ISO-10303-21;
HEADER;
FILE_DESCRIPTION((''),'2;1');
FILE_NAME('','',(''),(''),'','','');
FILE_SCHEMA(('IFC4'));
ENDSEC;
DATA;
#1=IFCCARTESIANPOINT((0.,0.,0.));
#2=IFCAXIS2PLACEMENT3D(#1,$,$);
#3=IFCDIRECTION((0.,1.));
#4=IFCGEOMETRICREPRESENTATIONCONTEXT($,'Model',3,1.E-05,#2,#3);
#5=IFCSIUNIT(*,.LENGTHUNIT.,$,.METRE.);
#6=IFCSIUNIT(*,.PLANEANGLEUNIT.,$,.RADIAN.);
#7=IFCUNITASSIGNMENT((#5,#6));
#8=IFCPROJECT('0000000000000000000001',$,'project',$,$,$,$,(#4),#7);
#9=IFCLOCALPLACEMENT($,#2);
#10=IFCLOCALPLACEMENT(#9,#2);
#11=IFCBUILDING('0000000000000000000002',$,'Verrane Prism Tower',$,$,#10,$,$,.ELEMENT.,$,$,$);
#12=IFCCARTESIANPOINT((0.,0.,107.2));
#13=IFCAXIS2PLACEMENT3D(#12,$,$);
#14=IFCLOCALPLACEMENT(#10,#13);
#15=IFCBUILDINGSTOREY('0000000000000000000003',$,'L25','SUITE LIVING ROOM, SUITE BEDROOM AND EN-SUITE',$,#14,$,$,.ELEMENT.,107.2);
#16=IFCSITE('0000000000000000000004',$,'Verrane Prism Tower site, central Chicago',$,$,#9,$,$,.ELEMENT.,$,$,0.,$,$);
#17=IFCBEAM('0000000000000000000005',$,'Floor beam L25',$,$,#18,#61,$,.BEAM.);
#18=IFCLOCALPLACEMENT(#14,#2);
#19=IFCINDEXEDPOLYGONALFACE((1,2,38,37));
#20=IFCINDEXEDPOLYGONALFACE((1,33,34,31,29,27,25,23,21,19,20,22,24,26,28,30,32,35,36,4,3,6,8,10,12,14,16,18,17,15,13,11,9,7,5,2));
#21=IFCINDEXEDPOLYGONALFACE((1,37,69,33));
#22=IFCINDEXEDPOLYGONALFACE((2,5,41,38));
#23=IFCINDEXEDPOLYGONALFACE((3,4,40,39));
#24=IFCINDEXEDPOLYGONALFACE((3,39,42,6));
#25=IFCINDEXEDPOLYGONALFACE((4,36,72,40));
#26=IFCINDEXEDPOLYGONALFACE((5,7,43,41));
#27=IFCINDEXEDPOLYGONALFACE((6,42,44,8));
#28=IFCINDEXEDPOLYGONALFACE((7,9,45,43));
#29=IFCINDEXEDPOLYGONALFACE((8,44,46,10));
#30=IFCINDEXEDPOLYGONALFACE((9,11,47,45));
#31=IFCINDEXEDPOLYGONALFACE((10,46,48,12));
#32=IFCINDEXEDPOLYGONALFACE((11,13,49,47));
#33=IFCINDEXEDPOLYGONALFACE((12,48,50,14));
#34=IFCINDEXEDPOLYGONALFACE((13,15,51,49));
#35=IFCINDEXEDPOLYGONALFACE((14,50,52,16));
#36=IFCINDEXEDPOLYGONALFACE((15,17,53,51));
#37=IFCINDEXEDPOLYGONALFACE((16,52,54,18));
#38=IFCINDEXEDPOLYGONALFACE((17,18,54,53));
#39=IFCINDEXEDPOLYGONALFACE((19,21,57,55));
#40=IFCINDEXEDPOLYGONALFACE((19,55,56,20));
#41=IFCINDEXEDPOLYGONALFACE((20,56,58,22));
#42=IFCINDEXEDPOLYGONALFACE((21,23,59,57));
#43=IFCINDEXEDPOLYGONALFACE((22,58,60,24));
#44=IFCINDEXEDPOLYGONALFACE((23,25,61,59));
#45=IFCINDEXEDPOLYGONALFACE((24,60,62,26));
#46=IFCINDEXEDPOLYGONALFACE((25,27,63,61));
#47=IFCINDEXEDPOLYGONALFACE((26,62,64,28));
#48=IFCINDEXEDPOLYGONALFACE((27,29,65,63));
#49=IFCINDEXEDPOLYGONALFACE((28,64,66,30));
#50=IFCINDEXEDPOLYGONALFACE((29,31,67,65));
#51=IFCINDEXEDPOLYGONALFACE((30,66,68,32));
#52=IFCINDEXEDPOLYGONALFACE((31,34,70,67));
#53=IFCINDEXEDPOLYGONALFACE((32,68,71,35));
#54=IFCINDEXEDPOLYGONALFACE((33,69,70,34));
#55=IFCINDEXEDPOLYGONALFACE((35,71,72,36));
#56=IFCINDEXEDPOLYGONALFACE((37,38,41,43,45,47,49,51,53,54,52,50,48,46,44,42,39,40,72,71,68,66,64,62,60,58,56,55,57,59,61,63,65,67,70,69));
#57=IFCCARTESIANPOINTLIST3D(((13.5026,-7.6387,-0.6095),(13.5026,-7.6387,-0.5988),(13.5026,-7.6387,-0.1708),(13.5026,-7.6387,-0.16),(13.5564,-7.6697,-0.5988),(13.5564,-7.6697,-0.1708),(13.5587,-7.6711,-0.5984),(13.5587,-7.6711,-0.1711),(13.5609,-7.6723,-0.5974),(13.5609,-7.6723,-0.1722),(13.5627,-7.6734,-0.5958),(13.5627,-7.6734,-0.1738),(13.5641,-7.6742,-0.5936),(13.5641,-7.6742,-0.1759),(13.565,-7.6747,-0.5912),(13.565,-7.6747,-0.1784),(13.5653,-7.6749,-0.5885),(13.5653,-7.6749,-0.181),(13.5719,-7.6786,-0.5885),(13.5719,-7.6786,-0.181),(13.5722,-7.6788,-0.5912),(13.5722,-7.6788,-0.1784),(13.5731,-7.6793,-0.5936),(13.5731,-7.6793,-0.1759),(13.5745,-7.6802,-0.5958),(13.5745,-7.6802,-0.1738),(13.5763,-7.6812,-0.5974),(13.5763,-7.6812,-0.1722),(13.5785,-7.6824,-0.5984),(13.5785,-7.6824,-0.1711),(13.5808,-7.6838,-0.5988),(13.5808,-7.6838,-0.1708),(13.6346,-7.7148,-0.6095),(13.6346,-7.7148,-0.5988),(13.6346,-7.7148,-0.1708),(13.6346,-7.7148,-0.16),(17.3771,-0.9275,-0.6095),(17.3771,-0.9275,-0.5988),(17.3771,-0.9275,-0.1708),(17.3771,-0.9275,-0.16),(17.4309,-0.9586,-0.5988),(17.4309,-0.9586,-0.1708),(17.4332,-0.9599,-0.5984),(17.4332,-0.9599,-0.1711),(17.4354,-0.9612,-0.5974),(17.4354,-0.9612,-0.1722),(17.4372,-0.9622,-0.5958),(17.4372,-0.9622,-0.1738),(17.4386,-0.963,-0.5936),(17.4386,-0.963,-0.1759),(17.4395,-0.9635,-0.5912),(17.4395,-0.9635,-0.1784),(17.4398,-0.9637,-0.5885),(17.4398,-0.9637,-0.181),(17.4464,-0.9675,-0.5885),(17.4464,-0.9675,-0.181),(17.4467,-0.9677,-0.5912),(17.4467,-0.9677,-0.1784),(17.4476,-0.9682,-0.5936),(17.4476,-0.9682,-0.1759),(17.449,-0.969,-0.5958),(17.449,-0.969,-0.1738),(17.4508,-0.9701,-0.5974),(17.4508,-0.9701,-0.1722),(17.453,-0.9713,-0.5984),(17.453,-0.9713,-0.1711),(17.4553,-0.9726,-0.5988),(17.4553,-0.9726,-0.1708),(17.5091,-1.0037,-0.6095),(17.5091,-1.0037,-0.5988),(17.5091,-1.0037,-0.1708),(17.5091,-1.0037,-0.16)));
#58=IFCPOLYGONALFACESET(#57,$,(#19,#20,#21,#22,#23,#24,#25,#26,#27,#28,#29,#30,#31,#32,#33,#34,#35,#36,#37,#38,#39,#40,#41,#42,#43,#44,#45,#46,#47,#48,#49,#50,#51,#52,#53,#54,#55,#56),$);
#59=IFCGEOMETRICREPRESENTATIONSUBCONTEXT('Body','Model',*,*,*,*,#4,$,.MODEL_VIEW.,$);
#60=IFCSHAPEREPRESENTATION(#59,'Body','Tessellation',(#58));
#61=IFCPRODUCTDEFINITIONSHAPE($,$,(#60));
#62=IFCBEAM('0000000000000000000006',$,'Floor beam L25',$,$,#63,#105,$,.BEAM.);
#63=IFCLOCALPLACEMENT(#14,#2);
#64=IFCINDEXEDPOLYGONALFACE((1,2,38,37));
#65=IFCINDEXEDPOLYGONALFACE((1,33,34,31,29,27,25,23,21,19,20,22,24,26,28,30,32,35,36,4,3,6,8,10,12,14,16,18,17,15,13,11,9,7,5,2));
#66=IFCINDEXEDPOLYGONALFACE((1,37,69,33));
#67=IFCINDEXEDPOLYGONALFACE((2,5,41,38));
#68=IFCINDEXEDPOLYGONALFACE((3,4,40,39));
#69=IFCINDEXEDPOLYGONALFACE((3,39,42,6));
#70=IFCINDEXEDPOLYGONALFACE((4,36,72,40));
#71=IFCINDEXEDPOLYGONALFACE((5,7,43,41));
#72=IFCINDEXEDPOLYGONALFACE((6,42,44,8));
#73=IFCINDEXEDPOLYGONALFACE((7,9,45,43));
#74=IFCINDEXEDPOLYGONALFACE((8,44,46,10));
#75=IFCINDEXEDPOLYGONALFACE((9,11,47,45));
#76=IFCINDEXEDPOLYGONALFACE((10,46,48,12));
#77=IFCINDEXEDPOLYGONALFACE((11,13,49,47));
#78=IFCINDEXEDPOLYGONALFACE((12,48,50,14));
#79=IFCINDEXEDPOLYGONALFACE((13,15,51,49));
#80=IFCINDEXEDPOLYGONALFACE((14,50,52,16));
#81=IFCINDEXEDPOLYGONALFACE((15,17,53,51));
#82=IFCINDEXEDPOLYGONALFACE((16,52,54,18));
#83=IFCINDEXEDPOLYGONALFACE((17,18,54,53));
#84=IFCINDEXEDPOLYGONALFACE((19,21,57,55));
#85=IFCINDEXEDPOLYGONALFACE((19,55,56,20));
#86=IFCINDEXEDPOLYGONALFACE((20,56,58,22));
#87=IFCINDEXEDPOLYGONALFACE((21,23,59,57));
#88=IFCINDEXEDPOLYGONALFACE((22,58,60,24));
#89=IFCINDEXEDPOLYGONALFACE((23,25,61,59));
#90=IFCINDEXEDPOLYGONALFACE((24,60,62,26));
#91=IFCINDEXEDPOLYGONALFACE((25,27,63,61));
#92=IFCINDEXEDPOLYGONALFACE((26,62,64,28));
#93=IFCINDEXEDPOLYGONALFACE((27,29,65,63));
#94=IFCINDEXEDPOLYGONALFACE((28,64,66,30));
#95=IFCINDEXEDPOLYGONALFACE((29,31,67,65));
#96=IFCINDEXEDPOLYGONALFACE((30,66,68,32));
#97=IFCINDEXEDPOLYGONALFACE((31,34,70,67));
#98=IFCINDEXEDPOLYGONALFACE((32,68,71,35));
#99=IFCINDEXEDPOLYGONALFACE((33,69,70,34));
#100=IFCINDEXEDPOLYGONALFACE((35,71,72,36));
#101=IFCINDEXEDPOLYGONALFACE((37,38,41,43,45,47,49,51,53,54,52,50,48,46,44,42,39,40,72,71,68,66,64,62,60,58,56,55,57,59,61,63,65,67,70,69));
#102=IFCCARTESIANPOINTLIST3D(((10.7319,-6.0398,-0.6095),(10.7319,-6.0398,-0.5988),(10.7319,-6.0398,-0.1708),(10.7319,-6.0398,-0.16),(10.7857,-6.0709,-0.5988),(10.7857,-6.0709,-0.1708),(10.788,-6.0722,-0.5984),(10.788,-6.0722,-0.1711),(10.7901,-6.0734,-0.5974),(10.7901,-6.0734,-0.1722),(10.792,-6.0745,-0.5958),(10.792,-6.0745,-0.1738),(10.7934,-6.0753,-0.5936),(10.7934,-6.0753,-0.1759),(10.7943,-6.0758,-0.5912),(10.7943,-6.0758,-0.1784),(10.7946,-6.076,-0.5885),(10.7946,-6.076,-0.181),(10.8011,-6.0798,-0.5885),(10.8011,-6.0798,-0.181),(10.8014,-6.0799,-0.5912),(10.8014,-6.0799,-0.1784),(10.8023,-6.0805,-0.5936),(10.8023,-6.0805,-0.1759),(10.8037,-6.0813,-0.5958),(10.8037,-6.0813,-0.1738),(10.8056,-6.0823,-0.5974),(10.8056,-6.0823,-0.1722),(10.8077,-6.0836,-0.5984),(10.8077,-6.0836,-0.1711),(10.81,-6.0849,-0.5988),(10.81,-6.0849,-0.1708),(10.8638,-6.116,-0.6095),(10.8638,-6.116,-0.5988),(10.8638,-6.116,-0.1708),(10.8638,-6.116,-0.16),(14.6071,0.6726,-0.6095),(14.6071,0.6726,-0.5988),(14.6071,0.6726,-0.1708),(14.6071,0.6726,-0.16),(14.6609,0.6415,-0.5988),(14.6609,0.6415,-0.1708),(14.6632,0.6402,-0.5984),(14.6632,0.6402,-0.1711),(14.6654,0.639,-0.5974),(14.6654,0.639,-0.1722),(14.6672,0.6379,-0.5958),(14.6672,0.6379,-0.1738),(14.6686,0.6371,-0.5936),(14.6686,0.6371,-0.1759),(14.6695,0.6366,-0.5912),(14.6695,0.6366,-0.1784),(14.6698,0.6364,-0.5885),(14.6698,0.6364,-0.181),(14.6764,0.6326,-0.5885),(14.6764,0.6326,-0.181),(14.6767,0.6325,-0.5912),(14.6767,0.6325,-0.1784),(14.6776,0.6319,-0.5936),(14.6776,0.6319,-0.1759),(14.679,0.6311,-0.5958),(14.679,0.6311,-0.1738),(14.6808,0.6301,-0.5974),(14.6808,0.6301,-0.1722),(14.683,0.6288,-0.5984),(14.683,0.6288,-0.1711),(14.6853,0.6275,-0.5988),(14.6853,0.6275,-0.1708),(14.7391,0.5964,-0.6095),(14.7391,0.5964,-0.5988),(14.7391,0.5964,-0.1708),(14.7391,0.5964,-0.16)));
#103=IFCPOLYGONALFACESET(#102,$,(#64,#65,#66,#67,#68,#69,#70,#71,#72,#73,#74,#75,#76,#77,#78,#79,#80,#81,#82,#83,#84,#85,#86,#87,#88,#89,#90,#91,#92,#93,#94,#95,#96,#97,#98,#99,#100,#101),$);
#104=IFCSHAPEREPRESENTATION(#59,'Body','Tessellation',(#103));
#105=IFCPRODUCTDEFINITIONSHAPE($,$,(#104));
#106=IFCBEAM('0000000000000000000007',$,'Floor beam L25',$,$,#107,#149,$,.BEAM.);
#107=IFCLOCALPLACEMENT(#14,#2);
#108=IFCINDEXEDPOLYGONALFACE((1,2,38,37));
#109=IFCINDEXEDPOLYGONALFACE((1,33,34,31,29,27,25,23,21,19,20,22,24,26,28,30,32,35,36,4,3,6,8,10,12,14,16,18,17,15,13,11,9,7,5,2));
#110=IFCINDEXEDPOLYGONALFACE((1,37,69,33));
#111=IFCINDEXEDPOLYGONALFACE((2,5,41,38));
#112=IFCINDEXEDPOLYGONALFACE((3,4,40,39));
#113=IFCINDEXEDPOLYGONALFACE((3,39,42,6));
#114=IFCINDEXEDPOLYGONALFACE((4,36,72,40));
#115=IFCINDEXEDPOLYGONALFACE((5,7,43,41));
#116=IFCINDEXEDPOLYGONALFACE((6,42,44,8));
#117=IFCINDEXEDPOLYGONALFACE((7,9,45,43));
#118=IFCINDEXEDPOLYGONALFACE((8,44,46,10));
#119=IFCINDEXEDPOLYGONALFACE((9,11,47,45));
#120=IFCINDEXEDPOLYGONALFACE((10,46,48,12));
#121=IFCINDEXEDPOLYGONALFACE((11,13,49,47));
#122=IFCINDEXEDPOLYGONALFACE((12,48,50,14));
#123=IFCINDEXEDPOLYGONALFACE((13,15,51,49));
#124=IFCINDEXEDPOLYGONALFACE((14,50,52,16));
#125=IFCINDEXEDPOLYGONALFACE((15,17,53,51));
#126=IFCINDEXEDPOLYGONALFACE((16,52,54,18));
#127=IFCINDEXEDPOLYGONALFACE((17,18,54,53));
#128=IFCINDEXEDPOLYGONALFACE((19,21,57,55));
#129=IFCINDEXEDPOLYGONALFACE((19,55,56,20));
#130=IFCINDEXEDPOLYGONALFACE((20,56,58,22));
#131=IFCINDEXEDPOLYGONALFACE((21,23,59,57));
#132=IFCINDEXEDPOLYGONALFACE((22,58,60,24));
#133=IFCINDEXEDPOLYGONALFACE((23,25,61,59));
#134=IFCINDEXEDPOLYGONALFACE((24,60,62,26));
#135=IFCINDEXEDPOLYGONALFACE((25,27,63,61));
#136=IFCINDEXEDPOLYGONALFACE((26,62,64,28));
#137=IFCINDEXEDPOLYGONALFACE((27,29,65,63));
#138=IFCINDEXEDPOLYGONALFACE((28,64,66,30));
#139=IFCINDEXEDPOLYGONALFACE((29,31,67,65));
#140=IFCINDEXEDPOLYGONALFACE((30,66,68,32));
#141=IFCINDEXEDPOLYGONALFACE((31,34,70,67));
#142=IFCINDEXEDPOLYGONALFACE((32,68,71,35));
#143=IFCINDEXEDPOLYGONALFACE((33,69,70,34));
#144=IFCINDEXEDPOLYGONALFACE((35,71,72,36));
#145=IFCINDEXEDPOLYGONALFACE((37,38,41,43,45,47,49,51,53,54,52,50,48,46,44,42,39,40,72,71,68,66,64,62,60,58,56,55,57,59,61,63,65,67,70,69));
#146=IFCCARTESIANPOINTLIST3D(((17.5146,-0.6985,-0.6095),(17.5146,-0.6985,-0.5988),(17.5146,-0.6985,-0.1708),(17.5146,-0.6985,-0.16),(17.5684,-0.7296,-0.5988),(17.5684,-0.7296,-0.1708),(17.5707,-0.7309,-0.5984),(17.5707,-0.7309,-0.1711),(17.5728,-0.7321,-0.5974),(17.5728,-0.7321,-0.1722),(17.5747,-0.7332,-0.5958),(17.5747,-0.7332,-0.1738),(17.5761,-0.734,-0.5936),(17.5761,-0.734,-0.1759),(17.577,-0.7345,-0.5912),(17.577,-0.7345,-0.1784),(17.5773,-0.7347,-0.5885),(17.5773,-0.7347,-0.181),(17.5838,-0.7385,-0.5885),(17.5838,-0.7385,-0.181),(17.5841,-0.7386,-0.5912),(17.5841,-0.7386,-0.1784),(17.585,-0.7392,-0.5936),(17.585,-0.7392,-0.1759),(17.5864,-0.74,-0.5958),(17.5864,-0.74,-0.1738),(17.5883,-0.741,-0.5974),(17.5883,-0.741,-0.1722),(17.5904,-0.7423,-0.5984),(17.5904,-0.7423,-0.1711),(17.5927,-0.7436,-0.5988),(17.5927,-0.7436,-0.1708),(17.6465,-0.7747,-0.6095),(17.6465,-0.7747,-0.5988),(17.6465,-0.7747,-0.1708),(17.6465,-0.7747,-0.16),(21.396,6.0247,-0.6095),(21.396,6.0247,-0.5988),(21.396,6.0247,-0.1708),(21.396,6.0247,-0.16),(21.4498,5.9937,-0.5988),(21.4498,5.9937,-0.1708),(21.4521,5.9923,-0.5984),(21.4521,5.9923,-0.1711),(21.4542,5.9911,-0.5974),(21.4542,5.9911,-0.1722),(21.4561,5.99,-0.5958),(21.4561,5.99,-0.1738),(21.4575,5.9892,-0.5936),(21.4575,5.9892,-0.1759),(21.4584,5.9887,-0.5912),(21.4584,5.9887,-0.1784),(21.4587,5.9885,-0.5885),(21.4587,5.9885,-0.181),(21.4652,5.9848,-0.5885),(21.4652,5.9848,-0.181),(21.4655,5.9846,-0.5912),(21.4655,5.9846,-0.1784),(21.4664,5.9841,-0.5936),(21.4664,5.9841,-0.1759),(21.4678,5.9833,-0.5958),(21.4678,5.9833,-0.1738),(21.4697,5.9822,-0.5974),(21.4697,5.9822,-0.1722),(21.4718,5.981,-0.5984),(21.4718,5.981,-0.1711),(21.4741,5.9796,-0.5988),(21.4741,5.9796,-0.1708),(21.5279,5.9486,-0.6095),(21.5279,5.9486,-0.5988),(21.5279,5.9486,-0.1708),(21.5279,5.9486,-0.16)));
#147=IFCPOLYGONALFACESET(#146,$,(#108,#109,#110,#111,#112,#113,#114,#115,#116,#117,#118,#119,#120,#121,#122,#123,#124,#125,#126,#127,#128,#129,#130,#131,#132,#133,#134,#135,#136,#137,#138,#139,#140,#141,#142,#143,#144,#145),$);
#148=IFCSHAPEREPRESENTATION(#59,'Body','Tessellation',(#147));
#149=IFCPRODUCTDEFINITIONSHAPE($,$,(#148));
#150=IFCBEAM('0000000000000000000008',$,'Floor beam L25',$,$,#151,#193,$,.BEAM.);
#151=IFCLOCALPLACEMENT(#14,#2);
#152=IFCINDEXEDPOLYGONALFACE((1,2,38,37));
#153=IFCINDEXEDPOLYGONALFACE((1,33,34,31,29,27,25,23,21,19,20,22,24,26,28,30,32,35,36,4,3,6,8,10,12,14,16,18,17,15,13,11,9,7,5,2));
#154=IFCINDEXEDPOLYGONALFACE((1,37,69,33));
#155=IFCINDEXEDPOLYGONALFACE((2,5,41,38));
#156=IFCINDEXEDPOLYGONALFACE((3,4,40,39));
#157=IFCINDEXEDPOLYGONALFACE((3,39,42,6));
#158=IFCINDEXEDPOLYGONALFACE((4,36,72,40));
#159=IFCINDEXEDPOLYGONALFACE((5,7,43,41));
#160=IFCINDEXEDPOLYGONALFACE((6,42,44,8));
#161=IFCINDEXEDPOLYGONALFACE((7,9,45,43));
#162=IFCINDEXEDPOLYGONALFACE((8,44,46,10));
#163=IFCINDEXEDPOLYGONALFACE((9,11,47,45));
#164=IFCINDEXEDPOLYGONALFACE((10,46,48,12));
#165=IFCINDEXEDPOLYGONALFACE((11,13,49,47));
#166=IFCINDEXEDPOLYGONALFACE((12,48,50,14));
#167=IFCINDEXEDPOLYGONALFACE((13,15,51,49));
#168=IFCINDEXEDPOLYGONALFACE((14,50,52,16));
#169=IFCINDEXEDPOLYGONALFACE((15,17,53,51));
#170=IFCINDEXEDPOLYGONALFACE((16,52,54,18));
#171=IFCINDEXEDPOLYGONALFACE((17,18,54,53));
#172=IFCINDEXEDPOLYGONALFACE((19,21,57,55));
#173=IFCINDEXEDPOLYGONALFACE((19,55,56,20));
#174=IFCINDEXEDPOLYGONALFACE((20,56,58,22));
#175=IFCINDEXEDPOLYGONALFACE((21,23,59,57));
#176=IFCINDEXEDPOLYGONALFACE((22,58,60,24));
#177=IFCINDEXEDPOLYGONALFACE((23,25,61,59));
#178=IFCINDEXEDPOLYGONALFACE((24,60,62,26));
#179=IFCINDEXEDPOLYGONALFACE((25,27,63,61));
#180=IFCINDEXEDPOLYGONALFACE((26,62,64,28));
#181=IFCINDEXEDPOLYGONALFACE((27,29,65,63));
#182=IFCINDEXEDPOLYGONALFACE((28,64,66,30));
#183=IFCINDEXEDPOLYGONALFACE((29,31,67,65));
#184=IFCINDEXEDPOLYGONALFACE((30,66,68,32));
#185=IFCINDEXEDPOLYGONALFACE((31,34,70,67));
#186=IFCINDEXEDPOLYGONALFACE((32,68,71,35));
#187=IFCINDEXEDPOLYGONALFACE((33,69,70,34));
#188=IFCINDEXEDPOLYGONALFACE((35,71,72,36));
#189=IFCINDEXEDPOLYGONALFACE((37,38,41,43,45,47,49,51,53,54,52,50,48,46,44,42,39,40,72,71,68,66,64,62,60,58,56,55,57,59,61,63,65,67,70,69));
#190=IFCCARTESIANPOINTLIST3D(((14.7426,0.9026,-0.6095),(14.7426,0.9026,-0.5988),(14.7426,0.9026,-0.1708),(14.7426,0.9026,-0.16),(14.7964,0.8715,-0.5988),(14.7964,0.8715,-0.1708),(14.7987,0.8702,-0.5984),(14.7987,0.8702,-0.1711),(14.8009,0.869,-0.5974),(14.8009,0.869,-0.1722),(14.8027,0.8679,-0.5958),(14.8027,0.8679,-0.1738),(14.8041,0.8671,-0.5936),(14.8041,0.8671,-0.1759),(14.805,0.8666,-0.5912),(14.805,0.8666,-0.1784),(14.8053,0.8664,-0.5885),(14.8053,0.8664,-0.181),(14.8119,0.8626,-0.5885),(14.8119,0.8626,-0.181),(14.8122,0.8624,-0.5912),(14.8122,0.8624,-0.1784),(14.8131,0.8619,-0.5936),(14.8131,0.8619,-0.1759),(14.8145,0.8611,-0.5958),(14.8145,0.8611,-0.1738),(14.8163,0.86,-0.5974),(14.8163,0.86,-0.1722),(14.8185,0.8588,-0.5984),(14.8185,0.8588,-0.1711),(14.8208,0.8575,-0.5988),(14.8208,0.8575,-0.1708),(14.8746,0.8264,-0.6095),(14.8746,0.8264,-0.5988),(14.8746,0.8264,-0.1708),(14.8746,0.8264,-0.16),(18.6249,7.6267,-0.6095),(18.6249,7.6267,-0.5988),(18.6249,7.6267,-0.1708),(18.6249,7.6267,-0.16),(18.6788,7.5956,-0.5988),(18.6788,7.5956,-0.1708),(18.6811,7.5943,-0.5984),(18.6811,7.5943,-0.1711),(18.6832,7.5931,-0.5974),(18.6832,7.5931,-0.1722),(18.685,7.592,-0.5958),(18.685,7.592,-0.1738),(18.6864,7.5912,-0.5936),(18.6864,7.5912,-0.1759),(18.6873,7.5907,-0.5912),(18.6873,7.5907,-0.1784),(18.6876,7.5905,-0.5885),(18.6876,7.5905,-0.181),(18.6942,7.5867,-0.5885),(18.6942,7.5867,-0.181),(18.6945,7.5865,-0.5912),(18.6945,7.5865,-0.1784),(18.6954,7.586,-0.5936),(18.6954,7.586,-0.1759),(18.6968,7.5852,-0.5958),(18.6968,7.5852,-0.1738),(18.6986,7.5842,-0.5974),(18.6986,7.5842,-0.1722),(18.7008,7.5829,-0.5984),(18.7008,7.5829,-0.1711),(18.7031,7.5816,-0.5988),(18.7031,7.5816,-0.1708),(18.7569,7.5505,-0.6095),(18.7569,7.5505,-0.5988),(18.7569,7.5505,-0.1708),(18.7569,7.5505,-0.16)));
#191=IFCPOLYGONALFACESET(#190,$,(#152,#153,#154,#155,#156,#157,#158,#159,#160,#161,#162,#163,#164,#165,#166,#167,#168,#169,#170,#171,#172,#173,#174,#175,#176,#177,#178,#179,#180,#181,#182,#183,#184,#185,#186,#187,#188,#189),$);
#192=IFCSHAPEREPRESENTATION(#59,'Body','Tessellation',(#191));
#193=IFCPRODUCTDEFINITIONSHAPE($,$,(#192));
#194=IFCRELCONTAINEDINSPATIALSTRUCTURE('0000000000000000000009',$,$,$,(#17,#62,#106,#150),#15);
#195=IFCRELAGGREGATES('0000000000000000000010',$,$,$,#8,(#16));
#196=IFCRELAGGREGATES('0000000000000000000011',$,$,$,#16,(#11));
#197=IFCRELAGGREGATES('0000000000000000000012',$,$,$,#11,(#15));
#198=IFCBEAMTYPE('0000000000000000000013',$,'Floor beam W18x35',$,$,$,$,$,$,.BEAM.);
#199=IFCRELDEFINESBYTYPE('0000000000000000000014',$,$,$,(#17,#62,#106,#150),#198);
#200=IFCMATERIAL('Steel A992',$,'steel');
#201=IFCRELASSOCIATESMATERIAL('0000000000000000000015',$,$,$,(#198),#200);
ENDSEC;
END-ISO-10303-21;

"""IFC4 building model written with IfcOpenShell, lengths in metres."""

from ifc_helpers import new_model, si_unit, direction, frame, origin, origin_2d, place, context, subcontext, project, spatial, i_section, extrude, material, material_profile, profile_set, type_object, element, save


model = new_model("IFC4")

# Units and contexts
model_context = context("Model", 3, precision=1e-05, world=origin(), true_north=direction((0.0, 1.0)))
body_context = subcontext(model_context, "Body", "Model", "MODEL_VIEW")
ifc_project = project(units=[si_unit("LENGTHUNIT", "METRE"), si_unit("PLANEANGLEUNIT", "RADIAN")], contexts=[model_context])

# Site, building, storey
site_placement = place(None, origin())
site = spatial("IfcSite", under=ifc_project, at=site_placement, Name="Verrane Prism Tower site, central Chicago", CompositionType="ELEMENT", RefElevation=0.0)
building_placement = place(site_placement, origin())
building = spatial("IfcBuilding", under=site, at=building_placement, Name="Verrane Prism Tower", CompositionType="ELEMENT")
storey_placement = place(building_placement, frame((0.0, 0.0, 107.2)))
storey = spatial("IfcBuildingStorey", under=building, at=storey_placement, Name="L25", Description="SUITE LIVING ROOM, SUITE BEDROOM AND EN-SUITE", CompositionType="ELEMENT", Elevation=107.2)

# Beams
ifc_material_1 = material(Name="Steel A992", Category="steel")
ifc_material_profile_1 = material_profile(ifc_material_1, i_section(OverallWidth=0.1523, OverallDepth=0.4495, WebThickness=0.0076, FlangeThickness=0.0107, FilletRadius=0.0103, at=origin_2d()), Name="W18x35")
ifc_profile_set_1 = profile_set([ifc_material_profile_1], Name="Steel A992")
beam_type_1 = type_object("IfcBeamType", Name="Floor beam W18x35", PredefinedType="BEAM", material=ifc_profile_set_1)
beam_1_placement = place(storey_placement, frame((13.5686, -7.6768, -0.3848), z_axis=(0.499982, 0.866036, 0.0), x_axis=(-0.866036, 0.499982, 0.0)))
element("IfcBeam", 1, at=beam_1_placement, inside=storey, type_object=beam_type_1, Name="Floor beam L25", PredefinedType="BEAM", context=body_context, shape_type="SweptSolid", body=[
    extrude(i_section(OverallWidth=0.1523, OverallDepth=0.4495, WebThickness=0.0076, FlangeThickness=0.0107, FilletRadius=0.0103, at=origin_2d()), origin(), (0.0, 0.0, 1.0), 7.7493),
])
beam_2_placement = place(storey_placement, frame((10.7979, -6.0779, -0.3848), z_axis=(0.499984, 0.866035, 0.0), x_axis=(-0.866035, 0.499984, 0.0)))
element("IfcBeam", 2, at=beam_2_placement, inside=storey, type_object=beam_type_1, Name="Floor beam L25", PredefinedType="BEAM", context=body_context, shape_type="SweptSolid", body=[
    extrude(i_section(OverallWidth=0.1523, OverallDepth=0.4495, WebThickness=0.0076, FlangeThickness=0.0107, FilletRadius=0.0103, at=origin_2d()), origin(), (0.0, 0.0, 1.0), 7.7507),
])
beam_3_placement = place(storey_placement, frame((17.5806, -0.7366, -0.3848), z_axis=(0.499975, 0.86604, 0.0), x_axis=(-0.86604, 0.499975, 0.0)))
element("IfcBeam", 3, at=beam_3_placement, inside=storey, type_object=beam_type_1, Name="Floor beam L25", PredefinedType="BEAM", context=body_context, shape_type="SweptSolid", body=[
    extrude(i_section(OverallWidth=0.1523, OverallDepth=0.4495, WebThickness=0.0076, FlangeThickness=0.0107, FilletRadius=0.0103, at=origin_2d()), origin(), (0.0, 0.0, 1.0), 7.7632),
])
beam_4_placement = place(storey_placement, frame((14.8086, 0.8645, -0.3848), z_axis=(0.500015, 0.866017, 0.0), x_axis=(-0.866017, 0.500015, 0.0)))
element("IfcBeam", 4, at=beam_4_placement, inside=storey, type_object=beam_type_1, Name="Floor beam L25", PredefinedType="BEAM", context=body_context, shape_type="SweptSolid", body=[
    extrude(i_section(OverallWidth=0.1523, OverallDepth=0.4495, WebThickness=0.0076, FlangeThickness=0.0107, FilletRadius=0.0103, at=origin_2d()), origin(), (0.0, 0.0, 1.0), 7.7644),
])

save(model, "model.ifc")
